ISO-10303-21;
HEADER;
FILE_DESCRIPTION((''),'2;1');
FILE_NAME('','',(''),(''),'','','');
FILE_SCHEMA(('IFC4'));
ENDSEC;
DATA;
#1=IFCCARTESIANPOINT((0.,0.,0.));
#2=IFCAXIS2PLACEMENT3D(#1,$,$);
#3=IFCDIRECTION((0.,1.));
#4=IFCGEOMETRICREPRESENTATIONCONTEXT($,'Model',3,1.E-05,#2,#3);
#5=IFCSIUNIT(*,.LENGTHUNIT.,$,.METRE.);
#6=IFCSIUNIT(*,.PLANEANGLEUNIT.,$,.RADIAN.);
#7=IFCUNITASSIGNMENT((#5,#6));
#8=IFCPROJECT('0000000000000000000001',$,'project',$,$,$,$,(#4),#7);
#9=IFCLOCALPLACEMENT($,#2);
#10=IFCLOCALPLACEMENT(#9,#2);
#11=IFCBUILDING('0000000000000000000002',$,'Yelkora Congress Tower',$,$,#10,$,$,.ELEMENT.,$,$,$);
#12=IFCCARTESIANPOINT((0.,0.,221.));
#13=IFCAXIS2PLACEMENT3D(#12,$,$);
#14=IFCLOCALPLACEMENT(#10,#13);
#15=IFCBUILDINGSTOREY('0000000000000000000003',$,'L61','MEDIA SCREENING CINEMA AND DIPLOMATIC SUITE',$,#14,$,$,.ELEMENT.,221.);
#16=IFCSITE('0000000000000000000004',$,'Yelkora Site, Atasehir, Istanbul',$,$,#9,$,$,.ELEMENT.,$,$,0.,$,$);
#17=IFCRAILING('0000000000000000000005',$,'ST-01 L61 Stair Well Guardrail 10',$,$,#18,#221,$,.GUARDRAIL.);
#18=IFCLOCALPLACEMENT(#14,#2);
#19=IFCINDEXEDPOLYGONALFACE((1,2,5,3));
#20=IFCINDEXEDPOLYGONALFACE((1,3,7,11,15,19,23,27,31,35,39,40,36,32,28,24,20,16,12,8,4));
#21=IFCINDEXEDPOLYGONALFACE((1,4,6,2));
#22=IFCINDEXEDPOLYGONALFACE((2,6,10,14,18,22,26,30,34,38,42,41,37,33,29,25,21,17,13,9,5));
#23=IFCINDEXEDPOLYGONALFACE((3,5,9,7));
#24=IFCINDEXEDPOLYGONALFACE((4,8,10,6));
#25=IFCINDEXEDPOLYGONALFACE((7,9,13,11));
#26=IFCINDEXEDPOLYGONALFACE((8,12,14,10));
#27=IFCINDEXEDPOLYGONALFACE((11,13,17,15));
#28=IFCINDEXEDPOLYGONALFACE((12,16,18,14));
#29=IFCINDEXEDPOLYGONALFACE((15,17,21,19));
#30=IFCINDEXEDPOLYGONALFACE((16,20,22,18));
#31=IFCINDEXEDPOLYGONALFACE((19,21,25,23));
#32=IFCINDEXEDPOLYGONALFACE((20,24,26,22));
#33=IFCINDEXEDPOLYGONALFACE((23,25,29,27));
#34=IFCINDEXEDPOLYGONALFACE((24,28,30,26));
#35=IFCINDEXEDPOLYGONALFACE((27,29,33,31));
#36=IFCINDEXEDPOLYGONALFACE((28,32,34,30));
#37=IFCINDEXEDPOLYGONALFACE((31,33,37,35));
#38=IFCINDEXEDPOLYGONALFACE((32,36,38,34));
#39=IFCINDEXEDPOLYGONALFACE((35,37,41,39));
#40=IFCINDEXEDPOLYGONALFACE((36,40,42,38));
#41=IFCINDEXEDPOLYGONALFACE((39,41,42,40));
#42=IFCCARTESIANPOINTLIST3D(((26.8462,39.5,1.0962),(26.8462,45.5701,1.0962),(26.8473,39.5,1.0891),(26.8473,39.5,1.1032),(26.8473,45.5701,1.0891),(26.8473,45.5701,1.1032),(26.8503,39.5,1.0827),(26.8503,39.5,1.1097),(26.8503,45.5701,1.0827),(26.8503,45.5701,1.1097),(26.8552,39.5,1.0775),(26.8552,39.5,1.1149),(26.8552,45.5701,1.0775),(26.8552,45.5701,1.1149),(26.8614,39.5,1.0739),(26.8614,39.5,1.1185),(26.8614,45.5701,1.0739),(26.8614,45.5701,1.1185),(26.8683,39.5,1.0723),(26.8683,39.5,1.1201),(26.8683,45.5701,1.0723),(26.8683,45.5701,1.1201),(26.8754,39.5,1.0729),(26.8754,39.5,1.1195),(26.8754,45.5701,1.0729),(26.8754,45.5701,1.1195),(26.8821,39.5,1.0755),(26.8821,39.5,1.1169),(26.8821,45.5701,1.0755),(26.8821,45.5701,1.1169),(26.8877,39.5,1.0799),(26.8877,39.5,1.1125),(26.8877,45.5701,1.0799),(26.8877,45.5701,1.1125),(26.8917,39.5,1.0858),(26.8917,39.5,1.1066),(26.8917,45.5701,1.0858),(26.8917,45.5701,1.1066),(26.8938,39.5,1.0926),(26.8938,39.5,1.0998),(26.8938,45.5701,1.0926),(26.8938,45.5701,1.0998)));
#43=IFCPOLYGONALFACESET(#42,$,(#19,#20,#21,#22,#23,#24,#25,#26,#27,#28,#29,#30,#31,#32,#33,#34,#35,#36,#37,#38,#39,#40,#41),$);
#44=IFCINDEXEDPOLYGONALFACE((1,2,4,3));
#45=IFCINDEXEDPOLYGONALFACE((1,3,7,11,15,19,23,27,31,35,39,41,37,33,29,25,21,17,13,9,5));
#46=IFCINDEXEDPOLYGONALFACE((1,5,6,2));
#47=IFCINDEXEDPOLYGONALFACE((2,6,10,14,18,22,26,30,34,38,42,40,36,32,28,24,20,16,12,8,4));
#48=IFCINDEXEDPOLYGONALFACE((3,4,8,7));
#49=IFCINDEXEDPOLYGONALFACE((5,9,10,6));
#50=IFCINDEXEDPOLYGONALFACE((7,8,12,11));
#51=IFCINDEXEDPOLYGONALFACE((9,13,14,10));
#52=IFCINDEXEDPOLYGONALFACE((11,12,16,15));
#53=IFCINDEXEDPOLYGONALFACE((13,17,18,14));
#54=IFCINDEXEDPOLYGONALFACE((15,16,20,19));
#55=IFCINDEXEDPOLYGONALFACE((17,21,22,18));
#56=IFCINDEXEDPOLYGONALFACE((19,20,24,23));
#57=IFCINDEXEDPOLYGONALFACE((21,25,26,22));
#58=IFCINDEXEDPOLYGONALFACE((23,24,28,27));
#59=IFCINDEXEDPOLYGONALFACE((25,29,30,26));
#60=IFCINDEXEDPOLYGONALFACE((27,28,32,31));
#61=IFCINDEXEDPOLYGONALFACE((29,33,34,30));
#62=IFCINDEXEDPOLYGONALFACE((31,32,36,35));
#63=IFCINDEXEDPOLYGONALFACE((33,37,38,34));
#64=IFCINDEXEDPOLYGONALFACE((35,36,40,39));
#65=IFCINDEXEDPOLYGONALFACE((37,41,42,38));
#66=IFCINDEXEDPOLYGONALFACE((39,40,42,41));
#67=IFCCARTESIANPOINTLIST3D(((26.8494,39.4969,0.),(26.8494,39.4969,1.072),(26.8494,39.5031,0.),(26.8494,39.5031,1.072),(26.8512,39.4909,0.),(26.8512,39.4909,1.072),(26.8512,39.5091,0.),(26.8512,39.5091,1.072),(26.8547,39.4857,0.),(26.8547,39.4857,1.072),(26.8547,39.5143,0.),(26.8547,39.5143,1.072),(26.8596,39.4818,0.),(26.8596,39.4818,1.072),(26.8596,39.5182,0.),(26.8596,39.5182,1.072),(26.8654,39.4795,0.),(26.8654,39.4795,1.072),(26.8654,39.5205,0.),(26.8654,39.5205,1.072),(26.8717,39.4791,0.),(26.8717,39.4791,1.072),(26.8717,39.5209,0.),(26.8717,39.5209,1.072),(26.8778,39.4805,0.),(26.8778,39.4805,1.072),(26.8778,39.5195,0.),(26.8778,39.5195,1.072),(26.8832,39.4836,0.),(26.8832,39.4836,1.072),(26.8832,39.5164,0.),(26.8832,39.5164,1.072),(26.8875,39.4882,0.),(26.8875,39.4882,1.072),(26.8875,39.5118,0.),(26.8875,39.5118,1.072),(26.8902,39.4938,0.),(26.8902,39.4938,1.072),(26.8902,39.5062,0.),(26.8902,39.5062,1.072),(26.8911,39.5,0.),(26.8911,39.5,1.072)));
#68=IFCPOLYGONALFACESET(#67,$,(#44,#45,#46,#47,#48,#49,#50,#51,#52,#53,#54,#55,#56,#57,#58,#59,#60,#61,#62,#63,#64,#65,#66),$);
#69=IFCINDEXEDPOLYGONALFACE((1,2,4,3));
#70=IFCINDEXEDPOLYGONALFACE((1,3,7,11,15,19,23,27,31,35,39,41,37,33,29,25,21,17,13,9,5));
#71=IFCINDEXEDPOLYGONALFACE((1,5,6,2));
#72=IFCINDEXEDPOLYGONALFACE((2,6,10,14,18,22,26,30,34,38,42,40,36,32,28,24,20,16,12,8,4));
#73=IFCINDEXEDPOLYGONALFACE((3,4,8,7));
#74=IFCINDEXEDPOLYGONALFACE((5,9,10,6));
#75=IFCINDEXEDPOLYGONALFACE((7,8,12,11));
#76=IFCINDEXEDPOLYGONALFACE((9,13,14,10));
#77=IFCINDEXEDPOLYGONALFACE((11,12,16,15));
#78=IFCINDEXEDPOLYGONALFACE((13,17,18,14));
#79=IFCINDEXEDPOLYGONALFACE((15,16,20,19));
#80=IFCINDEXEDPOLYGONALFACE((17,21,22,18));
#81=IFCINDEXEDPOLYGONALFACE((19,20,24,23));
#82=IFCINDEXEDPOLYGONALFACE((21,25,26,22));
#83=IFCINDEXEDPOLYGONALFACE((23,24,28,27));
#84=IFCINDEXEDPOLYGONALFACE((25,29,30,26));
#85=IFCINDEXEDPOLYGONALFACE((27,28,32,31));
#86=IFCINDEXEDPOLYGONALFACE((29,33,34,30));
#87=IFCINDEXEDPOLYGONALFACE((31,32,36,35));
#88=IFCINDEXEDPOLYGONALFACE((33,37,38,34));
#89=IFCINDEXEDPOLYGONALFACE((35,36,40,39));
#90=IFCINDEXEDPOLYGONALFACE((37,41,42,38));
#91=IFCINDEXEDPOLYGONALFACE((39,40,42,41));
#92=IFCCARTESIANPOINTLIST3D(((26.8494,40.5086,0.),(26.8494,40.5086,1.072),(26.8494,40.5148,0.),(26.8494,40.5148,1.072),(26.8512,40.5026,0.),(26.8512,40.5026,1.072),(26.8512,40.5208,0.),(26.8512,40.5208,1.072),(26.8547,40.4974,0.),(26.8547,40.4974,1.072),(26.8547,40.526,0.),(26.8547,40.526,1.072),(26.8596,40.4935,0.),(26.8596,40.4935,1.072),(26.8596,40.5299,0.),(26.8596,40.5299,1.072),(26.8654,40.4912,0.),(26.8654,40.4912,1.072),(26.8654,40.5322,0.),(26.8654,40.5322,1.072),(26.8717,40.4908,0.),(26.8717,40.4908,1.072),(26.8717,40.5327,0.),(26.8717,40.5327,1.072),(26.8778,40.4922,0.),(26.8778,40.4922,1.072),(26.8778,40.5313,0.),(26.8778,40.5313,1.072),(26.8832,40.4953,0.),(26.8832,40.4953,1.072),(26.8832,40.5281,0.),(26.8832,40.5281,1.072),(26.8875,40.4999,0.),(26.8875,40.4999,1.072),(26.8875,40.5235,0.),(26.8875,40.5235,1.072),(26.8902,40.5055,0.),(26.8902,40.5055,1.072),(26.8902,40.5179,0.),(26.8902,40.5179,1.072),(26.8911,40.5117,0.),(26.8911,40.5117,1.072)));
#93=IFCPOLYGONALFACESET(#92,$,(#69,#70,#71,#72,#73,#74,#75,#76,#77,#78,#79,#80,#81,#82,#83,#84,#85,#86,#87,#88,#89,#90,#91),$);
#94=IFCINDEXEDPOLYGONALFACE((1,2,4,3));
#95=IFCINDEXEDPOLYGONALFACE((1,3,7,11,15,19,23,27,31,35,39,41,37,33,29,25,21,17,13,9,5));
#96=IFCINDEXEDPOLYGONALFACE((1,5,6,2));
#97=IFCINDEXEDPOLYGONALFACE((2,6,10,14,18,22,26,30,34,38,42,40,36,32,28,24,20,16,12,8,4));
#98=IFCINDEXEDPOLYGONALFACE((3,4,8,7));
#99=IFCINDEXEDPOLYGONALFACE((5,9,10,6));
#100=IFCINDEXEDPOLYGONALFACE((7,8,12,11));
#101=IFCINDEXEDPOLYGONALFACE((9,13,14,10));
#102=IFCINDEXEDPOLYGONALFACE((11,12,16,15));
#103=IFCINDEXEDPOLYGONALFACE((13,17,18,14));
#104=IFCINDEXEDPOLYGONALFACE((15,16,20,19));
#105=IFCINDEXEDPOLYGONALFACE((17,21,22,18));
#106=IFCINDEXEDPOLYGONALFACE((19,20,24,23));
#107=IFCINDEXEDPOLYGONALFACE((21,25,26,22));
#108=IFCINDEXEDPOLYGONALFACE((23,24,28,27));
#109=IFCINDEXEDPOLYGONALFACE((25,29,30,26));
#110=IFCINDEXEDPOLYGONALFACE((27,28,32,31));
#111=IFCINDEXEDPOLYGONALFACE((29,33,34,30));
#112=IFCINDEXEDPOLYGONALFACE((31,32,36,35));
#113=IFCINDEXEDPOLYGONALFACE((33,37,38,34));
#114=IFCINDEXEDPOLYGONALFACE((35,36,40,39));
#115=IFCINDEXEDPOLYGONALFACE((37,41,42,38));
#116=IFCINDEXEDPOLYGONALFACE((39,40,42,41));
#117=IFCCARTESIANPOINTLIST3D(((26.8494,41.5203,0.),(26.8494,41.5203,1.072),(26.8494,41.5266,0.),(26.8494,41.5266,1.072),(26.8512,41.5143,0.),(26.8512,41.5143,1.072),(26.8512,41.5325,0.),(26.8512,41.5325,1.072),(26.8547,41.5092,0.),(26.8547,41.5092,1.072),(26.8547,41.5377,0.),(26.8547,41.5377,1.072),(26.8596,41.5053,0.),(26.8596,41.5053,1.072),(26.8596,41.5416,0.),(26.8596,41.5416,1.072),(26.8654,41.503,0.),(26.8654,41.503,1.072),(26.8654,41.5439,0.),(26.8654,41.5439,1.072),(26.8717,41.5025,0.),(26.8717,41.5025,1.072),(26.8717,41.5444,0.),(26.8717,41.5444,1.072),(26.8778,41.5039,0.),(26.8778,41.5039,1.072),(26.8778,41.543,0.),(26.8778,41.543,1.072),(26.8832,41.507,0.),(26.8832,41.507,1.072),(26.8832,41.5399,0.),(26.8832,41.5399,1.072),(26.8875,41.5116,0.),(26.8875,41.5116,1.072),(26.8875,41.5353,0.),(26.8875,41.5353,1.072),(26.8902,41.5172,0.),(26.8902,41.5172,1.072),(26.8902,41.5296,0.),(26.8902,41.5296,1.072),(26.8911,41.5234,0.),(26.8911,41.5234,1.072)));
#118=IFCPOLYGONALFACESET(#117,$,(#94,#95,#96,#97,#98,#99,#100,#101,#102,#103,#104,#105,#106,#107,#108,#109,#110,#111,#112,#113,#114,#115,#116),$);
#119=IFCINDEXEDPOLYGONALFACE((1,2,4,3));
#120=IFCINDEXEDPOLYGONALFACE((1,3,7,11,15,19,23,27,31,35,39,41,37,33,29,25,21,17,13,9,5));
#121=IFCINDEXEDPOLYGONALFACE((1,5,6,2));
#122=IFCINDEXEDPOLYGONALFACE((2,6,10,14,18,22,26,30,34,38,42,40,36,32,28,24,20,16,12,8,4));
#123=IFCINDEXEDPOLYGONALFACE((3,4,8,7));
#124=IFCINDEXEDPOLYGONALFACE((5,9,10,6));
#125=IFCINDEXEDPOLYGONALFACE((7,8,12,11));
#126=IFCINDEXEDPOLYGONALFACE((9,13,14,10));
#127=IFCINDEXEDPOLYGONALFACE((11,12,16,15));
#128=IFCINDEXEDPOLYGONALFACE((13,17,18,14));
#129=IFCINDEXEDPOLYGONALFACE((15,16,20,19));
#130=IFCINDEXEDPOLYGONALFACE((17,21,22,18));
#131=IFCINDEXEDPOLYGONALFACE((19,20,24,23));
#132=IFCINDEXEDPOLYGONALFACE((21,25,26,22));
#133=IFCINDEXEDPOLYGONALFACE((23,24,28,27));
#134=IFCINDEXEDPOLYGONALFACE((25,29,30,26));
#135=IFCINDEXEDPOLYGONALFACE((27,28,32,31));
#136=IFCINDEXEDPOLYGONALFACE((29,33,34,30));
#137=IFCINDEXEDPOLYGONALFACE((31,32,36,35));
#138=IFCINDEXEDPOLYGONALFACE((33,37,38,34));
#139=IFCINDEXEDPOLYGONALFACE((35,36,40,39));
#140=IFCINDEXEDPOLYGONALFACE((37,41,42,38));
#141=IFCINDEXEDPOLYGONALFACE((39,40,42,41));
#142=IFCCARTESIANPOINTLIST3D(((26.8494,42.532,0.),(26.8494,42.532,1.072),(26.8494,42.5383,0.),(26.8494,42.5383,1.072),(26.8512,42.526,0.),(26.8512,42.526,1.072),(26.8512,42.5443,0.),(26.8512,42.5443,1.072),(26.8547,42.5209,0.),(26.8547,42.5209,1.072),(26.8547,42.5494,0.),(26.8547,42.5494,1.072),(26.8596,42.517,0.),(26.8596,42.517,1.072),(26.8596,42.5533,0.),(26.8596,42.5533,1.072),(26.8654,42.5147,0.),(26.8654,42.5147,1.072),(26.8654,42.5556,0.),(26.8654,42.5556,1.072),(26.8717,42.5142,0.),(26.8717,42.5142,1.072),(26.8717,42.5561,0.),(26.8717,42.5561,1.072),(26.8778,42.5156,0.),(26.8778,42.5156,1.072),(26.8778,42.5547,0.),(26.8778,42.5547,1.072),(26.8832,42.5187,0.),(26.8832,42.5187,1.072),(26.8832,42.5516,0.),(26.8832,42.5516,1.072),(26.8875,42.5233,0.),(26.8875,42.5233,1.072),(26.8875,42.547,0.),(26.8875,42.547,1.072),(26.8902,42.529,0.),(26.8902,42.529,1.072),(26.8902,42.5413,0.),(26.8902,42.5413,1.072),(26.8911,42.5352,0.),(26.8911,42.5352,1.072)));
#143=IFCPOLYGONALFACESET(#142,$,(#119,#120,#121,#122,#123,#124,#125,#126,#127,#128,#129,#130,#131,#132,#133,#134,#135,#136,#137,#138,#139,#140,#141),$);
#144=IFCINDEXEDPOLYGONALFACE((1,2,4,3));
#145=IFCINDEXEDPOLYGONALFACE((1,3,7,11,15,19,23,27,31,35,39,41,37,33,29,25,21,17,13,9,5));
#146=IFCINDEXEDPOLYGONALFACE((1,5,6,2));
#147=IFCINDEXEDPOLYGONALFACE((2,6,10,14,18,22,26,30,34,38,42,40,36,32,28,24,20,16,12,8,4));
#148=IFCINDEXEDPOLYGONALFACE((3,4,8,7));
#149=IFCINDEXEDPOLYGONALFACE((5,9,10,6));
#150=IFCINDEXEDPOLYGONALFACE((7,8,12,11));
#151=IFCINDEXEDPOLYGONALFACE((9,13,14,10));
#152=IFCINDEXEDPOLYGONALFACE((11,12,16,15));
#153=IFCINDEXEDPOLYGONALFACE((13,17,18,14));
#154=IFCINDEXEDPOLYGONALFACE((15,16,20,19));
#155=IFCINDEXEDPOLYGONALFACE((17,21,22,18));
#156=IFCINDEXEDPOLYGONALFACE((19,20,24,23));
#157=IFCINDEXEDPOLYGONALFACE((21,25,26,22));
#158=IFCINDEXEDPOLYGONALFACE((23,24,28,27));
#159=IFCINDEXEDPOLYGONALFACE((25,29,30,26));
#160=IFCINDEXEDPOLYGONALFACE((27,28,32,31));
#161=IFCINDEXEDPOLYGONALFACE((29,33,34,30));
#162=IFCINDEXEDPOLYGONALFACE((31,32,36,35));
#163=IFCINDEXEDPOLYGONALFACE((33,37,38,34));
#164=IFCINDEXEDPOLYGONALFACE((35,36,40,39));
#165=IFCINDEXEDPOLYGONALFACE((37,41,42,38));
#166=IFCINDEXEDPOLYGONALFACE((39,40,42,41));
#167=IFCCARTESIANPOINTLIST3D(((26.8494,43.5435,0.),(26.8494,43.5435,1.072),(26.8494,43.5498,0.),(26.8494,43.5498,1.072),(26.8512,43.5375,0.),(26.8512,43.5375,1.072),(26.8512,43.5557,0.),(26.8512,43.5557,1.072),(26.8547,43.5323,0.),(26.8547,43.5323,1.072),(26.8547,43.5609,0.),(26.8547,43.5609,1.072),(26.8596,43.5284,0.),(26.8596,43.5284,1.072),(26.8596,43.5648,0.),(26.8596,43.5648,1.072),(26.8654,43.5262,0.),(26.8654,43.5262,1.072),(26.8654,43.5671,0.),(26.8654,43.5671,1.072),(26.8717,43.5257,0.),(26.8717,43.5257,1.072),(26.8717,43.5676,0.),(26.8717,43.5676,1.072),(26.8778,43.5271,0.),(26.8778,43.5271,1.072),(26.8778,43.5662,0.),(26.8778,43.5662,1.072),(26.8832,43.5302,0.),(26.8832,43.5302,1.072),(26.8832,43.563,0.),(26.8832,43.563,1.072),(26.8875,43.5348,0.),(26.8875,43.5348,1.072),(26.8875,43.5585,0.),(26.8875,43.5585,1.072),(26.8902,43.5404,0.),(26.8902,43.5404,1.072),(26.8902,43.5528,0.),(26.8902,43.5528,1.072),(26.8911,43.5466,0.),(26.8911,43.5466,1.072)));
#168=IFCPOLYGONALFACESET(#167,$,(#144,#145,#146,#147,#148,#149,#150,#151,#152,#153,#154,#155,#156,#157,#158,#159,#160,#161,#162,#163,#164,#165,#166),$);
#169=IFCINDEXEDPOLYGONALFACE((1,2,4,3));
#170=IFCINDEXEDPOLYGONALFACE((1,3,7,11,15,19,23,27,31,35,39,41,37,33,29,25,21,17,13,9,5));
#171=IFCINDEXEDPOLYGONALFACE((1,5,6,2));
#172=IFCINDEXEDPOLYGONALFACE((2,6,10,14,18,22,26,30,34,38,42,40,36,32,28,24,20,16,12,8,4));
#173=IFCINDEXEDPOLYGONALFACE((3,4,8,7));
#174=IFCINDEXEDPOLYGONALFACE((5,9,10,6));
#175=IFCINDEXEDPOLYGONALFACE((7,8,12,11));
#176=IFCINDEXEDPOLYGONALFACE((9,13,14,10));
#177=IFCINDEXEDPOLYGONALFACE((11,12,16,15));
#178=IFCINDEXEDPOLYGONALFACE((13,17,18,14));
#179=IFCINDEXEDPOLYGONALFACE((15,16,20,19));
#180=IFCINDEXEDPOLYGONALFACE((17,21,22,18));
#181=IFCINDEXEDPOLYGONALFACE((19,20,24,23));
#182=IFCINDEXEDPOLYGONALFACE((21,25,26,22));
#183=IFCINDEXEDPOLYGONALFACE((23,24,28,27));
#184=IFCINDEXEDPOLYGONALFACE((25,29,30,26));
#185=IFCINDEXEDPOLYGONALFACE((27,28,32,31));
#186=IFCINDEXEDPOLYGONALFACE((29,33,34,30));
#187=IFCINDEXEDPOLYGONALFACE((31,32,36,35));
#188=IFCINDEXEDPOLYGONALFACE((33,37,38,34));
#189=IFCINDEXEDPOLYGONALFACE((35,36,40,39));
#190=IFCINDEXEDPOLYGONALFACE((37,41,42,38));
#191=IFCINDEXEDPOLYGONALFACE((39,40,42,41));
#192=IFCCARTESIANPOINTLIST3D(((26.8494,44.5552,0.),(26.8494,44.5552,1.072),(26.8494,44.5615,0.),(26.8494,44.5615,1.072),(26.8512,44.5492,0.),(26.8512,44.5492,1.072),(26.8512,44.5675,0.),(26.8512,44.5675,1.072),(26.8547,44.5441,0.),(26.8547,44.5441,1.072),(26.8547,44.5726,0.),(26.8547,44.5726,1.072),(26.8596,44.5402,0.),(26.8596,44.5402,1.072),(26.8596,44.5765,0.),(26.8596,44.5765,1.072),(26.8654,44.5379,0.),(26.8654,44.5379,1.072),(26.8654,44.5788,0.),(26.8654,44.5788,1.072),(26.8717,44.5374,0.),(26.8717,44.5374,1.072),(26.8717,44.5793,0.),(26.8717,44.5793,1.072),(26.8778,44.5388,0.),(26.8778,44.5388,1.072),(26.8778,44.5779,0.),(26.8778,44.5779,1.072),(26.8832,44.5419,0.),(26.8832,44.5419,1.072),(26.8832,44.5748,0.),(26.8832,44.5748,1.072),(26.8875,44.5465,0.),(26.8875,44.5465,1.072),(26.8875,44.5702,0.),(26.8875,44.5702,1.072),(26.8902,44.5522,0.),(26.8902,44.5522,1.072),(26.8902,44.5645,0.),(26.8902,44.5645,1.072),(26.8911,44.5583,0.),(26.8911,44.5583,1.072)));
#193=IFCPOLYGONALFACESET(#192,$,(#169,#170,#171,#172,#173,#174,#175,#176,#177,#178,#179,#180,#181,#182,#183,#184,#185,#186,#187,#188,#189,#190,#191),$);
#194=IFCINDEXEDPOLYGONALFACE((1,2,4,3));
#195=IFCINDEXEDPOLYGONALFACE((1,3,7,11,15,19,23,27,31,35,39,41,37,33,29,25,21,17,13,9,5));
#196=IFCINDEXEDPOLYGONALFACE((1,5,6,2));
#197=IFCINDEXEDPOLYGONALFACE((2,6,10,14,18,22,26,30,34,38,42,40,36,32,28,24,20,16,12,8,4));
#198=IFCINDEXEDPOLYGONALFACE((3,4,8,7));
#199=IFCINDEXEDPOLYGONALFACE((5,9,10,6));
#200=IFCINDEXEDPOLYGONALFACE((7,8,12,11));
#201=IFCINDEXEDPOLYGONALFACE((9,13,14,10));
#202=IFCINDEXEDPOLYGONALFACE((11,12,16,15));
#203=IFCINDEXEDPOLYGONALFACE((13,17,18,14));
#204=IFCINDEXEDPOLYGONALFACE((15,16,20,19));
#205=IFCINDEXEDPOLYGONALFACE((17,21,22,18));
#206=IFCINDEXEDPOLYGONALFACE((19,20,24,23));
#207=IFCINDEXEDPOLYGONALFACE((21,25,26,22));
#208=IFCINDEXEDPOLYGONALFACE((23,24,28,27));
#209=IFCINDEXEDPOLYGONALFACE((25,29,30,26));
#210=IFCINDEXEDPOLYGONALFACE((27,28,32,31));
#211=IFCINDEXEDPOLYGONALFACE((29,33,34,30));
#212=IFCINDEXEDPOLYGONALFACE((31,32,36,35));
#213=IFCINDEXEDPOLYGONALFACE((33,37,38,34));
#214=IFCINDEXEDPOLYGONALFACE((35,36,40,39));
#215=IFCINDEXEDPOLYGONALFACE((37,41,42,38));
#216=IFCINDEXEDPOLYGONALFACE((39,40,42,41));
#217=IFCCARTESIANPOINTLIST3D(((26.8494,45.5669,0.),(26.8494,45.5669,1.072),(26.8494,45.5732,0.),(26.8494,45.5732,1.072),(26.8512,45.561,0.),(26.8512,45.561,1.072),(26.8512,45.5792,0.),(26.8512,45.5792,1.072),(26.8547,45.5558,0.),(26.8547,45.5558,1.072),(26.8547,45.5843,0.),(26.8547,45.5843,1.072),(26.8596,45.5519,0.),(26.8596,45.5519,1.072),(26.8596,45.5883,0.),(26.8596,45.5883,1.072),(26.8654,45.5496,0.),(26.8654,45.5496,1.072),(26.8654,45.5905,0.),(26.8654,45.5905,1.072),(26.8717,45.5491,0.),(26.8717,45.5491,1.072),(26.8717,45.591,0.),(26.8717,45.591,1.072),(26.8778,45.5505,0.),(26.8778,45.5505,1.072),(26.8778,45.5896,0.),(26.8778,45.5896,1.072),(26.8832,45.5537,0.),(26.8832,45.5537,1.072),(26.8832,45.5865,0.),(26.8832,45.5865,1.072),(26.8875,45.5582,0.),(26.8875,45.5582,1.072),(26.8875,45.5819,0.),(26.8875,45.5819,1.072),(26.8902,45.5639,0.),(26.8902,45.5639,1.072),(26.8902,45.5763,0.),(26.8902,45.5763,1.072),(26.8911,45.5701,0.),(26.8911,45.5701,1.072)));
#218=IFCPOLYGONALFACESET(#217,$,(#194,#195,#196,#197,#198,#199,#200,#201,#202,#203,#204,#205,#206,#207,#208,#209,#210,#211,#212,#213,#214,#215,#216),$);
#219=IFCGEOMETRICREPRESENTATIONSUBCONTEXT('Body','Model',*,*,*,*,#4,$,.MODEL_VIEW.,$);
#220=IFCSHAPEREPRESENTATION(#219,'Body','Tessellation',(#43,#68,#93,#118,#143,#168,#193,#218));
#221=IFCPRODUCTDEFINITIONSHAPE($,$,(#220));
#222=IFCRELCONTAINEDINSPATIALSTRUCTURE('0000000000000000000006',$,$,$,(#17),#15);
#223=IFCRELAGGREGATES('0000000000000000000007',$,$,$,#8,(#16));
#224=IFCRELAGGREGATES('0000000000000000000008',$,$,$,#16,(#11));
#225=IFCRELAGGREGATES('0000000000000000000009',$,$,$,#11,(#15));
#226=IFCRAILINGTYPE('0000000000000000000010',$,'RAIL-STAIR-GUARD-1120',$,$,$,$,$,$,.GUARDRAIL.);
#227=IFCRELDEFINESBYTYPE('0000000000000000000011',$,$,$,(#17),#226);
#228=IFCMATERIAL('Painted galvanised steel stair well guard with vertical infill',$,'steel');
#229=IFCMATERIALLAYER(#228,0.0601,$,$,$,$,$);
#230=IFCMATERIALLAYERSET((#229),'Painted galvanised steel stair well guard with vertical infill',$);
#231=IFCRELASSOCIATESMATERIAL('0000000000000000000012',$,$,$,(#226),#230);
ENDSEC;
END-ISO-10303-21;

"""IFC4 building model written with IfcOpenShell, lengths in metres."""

from ifc_helpers import new_model, si_unit, direction, frame, origin, origin_2d, place, context, subcontext, project, spatial, circle, extrude, material, layer, layer_set, type_object, element, save


model = new_model("IFC4")

# Units and contexts
model_context = context("Model", 3, precision=1e-05, world=origin(), true_north=direction((0.0, 1.0)))
body_context = subcontext(model_context, "Body", "Model", "MODEL_VIEW")
ifc_project = project(units=[si_unit("LENGTHUNIT", "METRE"), si_unit("PLANEANGLEUNIT", "RADIAN")], contexts=[model_context])

# Site, building, storey
site_placement = place(None, origin())
site = spatial("IfcSite", under=ifc_project, at=site_placement, Name="Yelkora Site, Atasehir, Istanbul", CompositionType="ELEMENT", RefElevation=0.0)
building_placement = place(site_placement, origin())
building = spatial("IfcBuilding", under=site, at=building_placement, Name="Yelkora Congress Tower", CompositionType="ELEMENT")
storey_placement = place(building_placement, frame((0.0, 0.0, 221.0)))
storey = spatial("IfcBuildingStorey", under=building, at=storey_placement, Name="L61", Description="MEDIA SCREENING CINEMA AND DIPLOMATIC SUITE", CompositionType="ELEMENT", Elevation=221.0)

# Railing
ifc_material_1 = material(Name="Painted galvanised steel stair well guard with vertical infill", Category="steel")
ifc_layer_1 = layer(ifc_material_1, 0.0601)
ifc_layer_set_1 = layer_set([ifc_layer_1], Name="Painted galvanised steel stair well guard with vertical infill")
railing_type_1 = type_object("IfcRailingType", Name="RAIL-STAIR-GUARD-1120", PredefinedType="GUARDRAIL", material=ifc_layer_set_1)
railing_1_placement = place(storey_placement, frame((26.8701, 39.5, 0.0)))
element("IfcRailing", 1, at=railing_1_placement, inside=storey, type_object=railing_type_1, Name="ST-01 L61 Stair Well Guardrail 10", PredefinedType="GUARDRAIL", context=body_context, shape_type="SweptSolid", body=[
    extrude(circle(Radius=0.0239, at=origin_2d()), frame((0.0, 0.0, 1.0962), z_axis=(0.0, 1.0, 0.0), x_axis=(-1.0, 0.0, 0.0)), (0.0, 0.0, 1.0), 6.0701),
    extrude(circle(Radius=0.021, at=origin_2d()), origin(), (0.0, 0.0, 1.0), 1.072),
    extrude(circle(Radius=0.021, at=origin_2d()), frame((0.0, 1.0117, 0.0)), (0.0, 0.0, 1.0), 1.072),
    extrude(circle(Radius=0.021, at=origin_2d()), frame((0.0, 2.0234, 0.0)), (0.0, 0.0, 1.0), 1.072),
    extrude(circle(Radius=0.021, at=origin_2d()), frame((0.0, 3.0352, 0.0)), (0.0, 0.0, 1.0), 1.072),
    extrude(circle(Radius=0.021, at=origin_2d()), frame((0.0, 4.0466, 0.0)), (0.0, 0.0, 1.0), 1.072),
    extrude(circle(Radius=0.021, at=origin_2d()), frame((0.0, 5.0583, 0.0)), (0.0, 0.0, 1.0), 1.072),
    extrude(circle(Radius=0.021, at=origin_2d()), frame((0.0, 6.0701, 0.0)), (0.0, 0.0, 1.0), 1.072),
])

save(model, "model.ifc")
